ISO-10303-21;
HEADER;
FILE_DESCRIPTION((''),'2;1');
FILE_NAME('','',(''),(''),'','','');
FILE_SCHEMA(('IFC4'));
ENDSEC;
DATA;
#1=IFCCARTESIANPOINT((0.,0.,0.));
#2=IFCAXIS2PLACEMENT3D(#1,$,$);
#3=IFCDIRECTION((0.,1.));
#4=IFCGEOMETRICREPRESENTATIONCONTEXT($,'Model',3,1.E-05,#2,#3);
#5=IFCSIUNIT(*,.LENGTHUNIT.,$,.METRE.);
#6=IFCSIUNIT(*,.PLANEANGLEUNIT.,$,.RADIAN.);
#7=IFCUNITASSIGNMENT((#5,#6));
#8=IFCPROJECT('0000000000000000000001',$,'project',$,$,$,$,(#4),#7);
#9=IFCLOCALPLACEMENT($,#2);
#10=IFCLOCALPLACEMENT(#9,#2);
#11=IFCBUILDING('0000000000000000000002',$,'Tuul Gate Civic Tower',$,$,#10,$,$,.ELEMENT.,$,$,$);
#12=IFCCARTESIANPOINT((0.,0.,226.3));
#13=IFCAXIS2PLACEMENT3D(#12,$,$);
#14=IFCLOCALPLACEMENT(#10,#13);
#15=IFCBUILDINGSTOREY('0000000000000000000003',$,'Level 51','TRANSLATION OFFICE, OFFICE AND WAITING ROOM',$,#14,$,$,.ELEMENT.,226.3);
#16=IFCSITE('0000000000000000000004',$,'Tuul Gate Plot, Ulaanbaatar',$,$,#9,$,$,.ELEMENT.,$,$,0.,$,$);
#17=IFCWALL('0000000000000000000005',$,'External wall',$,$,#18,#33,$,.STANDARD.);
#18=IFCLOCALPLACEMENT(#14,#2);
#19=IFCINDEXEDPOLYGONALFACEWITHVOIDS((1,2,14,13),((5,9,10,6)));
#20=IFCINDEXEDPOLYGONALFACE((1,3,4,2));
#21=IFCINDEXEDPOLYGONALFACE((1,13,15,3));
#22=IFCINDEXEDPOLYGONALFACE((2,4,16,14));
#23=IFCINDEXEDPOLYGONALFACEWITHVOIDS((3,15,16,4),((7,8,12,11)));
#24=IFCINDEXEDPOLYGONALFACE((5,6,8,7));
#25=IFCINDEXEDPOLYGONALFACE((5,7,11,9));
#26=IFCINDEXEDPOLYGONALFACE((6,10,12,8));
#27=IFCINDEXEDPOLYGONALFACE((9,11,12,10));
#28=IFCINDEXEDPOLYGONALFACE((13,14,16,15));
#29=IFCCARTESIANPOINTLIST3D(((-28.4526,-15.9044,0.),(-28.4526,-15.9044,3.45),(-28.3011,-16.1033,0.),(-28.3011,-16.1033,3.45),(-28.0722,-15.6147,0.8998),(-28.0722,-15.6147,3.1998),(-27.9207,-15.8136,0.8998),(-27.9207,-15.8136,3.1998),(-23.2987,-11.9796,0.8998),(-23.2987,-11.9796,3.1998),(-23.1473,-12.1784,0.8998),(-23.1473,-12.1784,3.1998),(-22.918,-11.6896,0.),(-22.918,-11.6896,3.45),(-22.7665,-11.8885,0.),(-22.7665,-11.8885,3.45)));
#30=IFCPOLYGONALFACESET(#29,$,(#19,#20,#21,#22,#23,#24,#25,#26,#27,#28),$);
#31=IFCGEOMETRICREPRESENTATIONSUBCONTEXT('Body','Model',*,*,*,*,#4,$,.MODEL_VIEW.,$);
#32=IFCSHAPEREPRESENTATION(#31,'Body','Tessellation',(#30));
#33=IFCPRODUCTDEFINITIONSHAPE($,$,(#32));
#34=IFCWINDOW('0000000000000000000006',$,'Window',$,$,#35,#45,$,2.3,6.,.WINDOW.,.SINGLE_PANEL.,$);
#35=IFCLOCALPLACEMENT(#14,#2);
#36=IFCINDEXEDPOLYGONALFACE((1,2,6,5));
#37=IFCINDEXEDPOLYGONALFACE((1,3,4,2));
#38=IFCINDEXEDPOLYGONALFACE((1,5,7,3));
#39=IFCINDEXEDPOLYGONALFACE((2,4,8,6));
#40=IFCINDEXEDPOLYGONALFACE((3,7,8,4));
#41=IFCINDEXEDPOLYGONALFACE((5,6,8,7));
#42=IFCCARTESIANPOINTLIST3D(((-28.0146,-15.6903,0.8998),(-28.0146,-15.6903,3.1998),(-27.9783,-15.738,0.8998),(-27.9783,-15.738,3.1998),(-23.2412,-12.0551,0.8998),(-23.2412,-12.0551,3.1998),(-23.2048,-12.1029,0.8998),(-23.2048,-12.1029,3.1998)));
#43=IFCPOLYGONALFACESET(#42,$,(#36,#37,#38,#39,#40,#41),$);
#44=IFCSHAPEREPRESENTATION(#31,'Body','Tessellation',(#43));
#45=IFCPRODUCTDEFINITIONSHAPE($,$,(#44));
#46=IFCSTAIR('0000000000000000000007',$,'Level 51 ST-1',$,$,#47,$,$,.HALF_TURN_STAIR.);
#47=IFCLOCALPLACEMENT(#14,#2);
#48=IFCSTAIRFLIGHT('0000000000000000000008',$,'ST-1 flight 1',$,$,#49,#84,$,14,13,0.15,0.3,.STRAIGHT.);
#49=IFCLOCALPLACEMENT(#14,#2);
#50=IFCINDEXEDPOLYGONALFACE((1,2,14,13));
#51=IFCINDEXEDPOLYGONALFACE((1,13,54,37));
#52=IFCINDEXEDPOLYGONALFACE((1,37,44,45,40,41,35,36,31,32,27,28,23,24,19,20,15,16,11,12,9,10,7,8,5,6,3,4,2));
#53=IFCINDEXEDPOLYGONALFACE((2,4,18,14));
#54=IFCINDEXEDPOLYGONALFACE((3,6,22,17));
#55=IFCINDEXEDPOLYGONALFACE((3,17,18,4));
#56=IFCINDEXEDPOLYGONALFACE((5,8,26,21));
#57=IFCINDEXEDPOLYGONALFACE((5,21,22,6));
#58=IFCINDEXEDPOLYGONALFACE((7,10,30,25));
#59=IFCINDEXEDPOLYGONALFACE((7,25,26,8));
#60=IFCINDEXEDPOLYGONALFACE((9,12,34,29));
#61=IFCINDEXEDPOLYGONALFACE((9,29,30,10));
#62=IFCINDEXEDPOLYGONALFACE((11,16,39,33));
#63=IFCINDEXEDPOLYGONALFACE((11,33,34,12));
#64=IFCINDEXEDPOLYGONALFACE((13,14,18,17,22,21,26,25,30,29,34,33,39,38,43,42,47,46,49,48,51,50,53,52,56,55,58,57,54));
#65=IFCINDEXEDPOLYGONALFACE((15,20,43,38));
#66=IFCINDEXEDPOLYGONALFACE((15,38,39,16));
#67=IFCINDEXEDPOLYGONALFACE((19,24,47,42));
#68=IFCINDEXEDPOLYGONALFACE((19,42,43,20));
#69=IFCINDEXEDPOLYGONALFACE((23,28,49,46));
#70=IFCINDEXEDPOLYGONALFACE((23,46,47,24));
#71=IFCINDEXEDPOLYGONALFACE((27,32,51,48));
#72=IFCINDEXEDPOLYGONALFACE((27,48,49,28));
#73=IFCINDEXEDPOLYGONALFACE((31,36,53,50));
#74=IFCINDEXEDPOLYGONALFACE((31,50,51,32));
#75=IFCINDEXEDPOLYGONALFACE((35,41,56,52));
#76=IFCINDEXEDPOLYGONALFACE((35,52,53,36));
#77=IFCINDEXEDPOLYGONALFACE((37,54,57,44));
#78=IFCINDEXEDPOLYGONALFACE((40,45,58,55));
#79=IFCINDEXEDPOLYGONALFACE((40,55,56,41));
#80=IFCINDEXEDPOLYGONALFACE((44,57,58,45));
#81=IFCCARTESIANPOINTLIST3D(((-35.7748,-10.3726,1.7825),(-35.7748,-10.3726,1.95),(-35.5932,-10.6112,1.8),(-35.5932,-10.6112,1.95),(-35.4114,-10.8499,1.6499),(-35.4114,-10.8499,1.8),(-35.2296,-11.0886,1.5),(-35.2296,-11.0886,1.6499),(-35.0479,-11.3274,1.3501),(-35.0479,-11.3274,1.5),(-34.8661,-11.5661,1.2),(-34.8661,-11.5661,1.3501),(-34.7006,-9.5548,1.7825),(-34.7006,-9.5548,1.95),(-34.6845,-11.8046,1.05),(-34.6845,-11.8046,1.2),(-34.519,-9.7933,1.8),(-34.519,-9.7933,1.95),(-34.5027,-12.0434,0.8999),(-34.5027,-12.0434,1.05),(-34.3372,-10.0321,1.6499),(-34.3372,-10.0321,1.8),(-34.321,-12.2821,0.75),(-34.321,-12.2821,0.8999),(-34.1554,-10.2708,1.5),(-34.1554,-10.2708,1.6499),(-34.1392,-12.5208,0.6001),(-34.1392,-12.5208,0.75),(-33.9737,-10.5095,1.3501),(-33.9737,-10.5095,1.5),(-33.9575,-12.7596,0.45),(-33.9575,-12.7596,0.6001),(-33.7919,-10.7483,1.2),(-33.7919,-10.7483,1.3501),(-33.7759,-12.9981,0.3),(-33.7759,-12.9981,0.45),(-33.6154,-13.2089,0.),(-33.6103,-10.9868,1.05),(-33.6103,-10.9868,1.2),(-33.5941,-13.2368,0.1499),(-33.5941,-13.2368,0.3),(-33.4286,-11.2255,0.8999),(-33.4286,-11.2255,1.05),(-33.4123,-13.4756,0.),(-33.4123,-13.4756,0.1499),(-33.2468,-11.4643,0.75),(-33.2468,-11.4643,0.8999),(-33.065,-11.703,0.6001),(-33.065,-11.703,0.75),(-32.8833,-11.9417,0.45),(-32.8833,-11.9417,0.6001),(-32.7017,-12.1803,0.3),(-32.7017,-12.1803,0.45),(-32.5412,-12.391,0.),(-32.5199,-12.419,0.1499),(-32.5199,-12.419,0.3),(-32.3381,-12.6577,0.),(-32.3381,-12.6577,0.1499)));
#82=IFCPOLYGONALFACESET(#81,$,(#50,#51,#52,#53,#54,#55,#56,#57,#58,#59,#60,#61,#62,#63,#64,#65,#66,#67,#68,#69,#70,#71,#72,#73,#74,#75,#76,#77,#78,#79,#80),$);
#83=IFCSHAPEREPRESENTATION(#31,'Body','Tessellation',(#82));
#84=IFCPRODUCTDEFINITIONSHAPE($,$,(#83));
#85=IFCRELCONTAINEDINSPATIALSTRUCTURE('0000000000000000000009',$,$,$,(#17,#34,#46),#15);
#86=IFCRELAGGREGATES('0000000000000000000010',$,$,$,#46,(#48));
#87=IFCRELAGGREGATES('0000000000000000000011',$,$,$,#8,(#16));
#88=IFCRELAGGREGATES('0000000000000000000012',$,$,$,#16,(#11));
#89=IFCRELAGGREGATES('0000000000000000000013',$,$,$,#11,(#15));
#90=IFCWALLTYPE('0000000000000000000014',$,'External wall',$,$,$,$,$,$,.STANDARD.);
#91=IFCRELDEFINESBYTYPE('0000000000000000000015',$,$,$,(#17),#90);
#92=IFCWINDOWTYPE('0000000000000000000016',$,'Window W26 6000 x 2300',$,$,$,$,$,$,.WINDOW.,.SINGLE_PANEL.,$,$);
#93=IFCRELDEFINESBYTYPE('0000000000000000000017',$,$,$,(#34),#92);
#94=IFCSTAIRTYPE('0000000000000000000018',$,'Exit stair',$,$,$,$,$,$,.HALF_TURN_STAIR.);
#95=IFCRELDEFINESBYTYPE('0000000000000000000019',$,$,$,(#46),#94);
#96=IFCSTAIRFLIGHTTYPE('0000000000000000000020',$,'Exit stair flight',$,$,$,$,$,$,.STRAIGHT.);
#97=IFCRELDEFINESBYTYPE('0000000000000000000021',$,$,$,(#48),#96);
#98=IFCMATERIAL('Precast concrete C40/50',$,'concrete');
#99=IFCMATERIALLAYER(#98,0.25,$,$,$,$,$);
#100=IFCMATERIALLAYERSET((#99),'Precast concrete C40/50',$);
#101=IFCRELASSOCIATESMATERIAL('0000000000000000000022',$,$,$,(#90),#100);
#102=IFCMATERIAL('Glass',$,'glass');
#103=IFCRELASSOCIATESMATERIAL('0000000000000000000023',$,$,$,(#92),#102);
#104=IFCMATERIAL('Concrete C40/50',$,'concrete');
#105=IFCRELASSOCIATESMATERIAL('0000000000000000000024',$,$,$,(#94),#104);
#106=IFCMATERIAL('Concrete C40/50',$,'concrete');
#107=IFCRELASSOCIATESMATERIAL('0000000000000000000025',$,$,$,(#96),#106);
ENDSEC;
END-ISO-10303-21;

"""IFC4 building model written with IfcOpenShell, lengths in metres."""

from ifc_helpers import new_model, si_unit, direction, frame, frame_2d, origin, place, context, subcontext, project, spatial, polyline, rectangle, outline, extrude, material, layer, layer_set, type_object, element, fill, aggregate, save


model = new_model("IFC4")

# Units and contexts
model_context = context("Model", 3, precision=1e-05, world=origin(), true_north=direction((0.0, 1.0)))
body_context = subcontext(model_context, "Body", "Model", "MODEL_VIEW")
ifc_project = project(units=[si_unit("LENGTHUNIT", "METRE"), si_unit("PLANEANGLEUNIT", "RADIAN")], contexts=[model_context])

# Site, building, storey
site_placement = place(None, origin())
site = spatial("IfcSite", under=ifc_project, at=site_placement, Name="Tuul Gate Plot, Ulaanbaatar", CompositionType="ELEMENT", RefElevation=0.0)
building_placement = place(site_placement, origin())
building = spatial("IfcBuilding", under=site, at=building_placement, Name="Tuul Gate Civic Tower", CompositionType="ELEMENT")
storey_placement = place(building_placement, frame((0.0, 0.0, 226.3)))
storey = spatial("IfcBuildingStorey", under=building, at=storey_placement, Name="Level 51", Description="TRANSLATION OFFICE, OFFICE AND WAITING ROOM", CompositionType="ELEMENT", Elevation=226.3)

# Wall, opening, window
ifc_material_1 = material(Name="Precast concrete C40/50", Category="concrete")
ifc_layer_1 = layer(ifc_material_1, 0.25)
ifc_layer_set_1 = layer_set([ifc_layer_1], Name="Precast concrete C40/50")
wall_type_1 = type_object("IfcWallType", Name="External wall", PredefinedType="STANDARD", material=ifc_layer_set_1)
ifc_material_2 = material(Name="Glass", Category="glass")
window_type = type_object("IfcWindowType", Name="Window W26 6000 x 2300", PartitioningType="SINGLE_PANEL", PredefinedType="WINDOW", material=ifc_material_2)
wall_1_placement = place(storey_placement, frame((-28.377, -16.0039, 0.0), z_axis=(0.0, 0.0, 1.0), x_axis=(0.795573, 0.605857, 0.0)))
wall_1 = element("IfcWall", 1, at=wall_1_placement, inside=storey, type_object=wall_type_1, Name="External wall", PredefinedType="STANDARD", context=body_context, shape_type="SweptSolid", body=[
    extrude(rectangle(XDim=6.9568, YDim=0.25, at=frame_2d((3.4785, 0.0))), origin(), (0.0, 0.0, 1.0), 3.45),
])
opening_1_placement = place(wall_1_placement, frame((0.4783, 0.0, 0.8999)))
opening_1 = element("IfcOpeningElement", 2, at=opening_1_placement, cuts=wall_1, PredefinedType="OPENING", context=body_context, shape_type="SweptSolid", body=[
    extrude(rectangle(XDim=6.0, YDim=2.3, at=frame_2d((3.0, 1.1499))), frame((0.0, 0.135, 0.0), z_axis=(0.0, -1.0, 0.0), x_axis=(1.0, 0.0, 0.0)), (0.0, 0.0, 1.0), 0.27),
])
window_1_placement = place(opening_1_placement, origin())
window_1 = element("IfcWindow", 3, at=window_1_placement, inside=storey, type_object=window_type, Name="Window", OverallHeight=2.3, OverallWidth=6.0, PartitioningType="SINGLE_PANEL", PredefinedType="WINDOW", context=body_context, shape_type="SweptSolid", body=[
    extrude(rectangle(XDim=6.0, YDim=2.3, at=frame_2d((3.0, 1.1499))), frame((0.0, 0.03, 0.0), z_axis=(0.0, -1.0, 0.0), x_axis=(1.0, 0.0, 0.0)), (0.0, 0.0, 1.0), 0.0601),
])
fill(opening_1, window_1)

# Stair, stair flight
ifc_material_3 = material(Name="Concrete C40/50", Category="concrete")
stair_type = type_object("IfcStairType", Name="Exit stair", PredefinedType="HALF_TURN_STAIR", material=ifc_material_3)
stair_placement = place(storey_placement, origin())
stair = element("IfcStair", 4, at=stair_placement, inside=storey, type_object=stair_type, Name="Level 51 ST-1", PredefinedType="HALF_TURN_STAIR")
ifc_material_4 = material(Name="Concrete C40/50", Category="concrete")
stair_flight_type = type_object("IfcStairFlightType", Name="Exit stair flight", PredefinedType="STRAIGHT", material=ifc_material_4)
stair_flight_placement = place(storey_placement, frame((-32.8752, -13.0667, 0.0), z_axis=(0.0, 0.0, 1.0), x_axis=(-0.605764, 0.795644, 0.0)))
stair_flight = element("IfcStairFlight", 5, at=stair_flight_placement, type_object=stair_flight_type, Name="ST-1 flight 1", NumberOfRisers=14, NumberOfTreads=13, PredefinedType="STRAIGHT", RiserHeight=0.15, TreadLength=0.3, context=body_context, shape_type="SweptSolid", body=[
    extrude(outline(polyline([(0.0, 0.0), (0.0, 0.1499), (0.3, 0.1499), (0.3, 0.3), (0.6001, 0.3), (0.6001, 0.45), (0.8999, 0.45), (0.8999, 0.6001), (1.2, 0.6001), (1.2, 0.75), (1.5, 0.75), (1.5, 0.8999), (1.8, 0.8999), (1.8, 1.05), (2.1001, 1.05), (2.1001, 1.2), (2.3999, 1.2), (2.3999, 1.3501), (2.7, 1.3501), (2.7, 1.5), (3.0, 1.5), (3.0, 1.6499), (3.3, 1.6499), (3.3, 1.8), (3.6001, 1.8), (3.6001, 1.95), (3.8999, 1.95), (3.8999, 2.1001), (3.8999, 1.7825), (0.3352, 0.0), (0.0, 0.0)])), frame((0.0, 0.675, 0.0), z_axis=(0.0, -1.0, 0.0), x_axis=(1.0, 0.0, 0.0)), (0.0, 0.0, 1.0), 1.3501),
])
aggregate(stair, [stair_flight])

save(model, "model.ifc")
